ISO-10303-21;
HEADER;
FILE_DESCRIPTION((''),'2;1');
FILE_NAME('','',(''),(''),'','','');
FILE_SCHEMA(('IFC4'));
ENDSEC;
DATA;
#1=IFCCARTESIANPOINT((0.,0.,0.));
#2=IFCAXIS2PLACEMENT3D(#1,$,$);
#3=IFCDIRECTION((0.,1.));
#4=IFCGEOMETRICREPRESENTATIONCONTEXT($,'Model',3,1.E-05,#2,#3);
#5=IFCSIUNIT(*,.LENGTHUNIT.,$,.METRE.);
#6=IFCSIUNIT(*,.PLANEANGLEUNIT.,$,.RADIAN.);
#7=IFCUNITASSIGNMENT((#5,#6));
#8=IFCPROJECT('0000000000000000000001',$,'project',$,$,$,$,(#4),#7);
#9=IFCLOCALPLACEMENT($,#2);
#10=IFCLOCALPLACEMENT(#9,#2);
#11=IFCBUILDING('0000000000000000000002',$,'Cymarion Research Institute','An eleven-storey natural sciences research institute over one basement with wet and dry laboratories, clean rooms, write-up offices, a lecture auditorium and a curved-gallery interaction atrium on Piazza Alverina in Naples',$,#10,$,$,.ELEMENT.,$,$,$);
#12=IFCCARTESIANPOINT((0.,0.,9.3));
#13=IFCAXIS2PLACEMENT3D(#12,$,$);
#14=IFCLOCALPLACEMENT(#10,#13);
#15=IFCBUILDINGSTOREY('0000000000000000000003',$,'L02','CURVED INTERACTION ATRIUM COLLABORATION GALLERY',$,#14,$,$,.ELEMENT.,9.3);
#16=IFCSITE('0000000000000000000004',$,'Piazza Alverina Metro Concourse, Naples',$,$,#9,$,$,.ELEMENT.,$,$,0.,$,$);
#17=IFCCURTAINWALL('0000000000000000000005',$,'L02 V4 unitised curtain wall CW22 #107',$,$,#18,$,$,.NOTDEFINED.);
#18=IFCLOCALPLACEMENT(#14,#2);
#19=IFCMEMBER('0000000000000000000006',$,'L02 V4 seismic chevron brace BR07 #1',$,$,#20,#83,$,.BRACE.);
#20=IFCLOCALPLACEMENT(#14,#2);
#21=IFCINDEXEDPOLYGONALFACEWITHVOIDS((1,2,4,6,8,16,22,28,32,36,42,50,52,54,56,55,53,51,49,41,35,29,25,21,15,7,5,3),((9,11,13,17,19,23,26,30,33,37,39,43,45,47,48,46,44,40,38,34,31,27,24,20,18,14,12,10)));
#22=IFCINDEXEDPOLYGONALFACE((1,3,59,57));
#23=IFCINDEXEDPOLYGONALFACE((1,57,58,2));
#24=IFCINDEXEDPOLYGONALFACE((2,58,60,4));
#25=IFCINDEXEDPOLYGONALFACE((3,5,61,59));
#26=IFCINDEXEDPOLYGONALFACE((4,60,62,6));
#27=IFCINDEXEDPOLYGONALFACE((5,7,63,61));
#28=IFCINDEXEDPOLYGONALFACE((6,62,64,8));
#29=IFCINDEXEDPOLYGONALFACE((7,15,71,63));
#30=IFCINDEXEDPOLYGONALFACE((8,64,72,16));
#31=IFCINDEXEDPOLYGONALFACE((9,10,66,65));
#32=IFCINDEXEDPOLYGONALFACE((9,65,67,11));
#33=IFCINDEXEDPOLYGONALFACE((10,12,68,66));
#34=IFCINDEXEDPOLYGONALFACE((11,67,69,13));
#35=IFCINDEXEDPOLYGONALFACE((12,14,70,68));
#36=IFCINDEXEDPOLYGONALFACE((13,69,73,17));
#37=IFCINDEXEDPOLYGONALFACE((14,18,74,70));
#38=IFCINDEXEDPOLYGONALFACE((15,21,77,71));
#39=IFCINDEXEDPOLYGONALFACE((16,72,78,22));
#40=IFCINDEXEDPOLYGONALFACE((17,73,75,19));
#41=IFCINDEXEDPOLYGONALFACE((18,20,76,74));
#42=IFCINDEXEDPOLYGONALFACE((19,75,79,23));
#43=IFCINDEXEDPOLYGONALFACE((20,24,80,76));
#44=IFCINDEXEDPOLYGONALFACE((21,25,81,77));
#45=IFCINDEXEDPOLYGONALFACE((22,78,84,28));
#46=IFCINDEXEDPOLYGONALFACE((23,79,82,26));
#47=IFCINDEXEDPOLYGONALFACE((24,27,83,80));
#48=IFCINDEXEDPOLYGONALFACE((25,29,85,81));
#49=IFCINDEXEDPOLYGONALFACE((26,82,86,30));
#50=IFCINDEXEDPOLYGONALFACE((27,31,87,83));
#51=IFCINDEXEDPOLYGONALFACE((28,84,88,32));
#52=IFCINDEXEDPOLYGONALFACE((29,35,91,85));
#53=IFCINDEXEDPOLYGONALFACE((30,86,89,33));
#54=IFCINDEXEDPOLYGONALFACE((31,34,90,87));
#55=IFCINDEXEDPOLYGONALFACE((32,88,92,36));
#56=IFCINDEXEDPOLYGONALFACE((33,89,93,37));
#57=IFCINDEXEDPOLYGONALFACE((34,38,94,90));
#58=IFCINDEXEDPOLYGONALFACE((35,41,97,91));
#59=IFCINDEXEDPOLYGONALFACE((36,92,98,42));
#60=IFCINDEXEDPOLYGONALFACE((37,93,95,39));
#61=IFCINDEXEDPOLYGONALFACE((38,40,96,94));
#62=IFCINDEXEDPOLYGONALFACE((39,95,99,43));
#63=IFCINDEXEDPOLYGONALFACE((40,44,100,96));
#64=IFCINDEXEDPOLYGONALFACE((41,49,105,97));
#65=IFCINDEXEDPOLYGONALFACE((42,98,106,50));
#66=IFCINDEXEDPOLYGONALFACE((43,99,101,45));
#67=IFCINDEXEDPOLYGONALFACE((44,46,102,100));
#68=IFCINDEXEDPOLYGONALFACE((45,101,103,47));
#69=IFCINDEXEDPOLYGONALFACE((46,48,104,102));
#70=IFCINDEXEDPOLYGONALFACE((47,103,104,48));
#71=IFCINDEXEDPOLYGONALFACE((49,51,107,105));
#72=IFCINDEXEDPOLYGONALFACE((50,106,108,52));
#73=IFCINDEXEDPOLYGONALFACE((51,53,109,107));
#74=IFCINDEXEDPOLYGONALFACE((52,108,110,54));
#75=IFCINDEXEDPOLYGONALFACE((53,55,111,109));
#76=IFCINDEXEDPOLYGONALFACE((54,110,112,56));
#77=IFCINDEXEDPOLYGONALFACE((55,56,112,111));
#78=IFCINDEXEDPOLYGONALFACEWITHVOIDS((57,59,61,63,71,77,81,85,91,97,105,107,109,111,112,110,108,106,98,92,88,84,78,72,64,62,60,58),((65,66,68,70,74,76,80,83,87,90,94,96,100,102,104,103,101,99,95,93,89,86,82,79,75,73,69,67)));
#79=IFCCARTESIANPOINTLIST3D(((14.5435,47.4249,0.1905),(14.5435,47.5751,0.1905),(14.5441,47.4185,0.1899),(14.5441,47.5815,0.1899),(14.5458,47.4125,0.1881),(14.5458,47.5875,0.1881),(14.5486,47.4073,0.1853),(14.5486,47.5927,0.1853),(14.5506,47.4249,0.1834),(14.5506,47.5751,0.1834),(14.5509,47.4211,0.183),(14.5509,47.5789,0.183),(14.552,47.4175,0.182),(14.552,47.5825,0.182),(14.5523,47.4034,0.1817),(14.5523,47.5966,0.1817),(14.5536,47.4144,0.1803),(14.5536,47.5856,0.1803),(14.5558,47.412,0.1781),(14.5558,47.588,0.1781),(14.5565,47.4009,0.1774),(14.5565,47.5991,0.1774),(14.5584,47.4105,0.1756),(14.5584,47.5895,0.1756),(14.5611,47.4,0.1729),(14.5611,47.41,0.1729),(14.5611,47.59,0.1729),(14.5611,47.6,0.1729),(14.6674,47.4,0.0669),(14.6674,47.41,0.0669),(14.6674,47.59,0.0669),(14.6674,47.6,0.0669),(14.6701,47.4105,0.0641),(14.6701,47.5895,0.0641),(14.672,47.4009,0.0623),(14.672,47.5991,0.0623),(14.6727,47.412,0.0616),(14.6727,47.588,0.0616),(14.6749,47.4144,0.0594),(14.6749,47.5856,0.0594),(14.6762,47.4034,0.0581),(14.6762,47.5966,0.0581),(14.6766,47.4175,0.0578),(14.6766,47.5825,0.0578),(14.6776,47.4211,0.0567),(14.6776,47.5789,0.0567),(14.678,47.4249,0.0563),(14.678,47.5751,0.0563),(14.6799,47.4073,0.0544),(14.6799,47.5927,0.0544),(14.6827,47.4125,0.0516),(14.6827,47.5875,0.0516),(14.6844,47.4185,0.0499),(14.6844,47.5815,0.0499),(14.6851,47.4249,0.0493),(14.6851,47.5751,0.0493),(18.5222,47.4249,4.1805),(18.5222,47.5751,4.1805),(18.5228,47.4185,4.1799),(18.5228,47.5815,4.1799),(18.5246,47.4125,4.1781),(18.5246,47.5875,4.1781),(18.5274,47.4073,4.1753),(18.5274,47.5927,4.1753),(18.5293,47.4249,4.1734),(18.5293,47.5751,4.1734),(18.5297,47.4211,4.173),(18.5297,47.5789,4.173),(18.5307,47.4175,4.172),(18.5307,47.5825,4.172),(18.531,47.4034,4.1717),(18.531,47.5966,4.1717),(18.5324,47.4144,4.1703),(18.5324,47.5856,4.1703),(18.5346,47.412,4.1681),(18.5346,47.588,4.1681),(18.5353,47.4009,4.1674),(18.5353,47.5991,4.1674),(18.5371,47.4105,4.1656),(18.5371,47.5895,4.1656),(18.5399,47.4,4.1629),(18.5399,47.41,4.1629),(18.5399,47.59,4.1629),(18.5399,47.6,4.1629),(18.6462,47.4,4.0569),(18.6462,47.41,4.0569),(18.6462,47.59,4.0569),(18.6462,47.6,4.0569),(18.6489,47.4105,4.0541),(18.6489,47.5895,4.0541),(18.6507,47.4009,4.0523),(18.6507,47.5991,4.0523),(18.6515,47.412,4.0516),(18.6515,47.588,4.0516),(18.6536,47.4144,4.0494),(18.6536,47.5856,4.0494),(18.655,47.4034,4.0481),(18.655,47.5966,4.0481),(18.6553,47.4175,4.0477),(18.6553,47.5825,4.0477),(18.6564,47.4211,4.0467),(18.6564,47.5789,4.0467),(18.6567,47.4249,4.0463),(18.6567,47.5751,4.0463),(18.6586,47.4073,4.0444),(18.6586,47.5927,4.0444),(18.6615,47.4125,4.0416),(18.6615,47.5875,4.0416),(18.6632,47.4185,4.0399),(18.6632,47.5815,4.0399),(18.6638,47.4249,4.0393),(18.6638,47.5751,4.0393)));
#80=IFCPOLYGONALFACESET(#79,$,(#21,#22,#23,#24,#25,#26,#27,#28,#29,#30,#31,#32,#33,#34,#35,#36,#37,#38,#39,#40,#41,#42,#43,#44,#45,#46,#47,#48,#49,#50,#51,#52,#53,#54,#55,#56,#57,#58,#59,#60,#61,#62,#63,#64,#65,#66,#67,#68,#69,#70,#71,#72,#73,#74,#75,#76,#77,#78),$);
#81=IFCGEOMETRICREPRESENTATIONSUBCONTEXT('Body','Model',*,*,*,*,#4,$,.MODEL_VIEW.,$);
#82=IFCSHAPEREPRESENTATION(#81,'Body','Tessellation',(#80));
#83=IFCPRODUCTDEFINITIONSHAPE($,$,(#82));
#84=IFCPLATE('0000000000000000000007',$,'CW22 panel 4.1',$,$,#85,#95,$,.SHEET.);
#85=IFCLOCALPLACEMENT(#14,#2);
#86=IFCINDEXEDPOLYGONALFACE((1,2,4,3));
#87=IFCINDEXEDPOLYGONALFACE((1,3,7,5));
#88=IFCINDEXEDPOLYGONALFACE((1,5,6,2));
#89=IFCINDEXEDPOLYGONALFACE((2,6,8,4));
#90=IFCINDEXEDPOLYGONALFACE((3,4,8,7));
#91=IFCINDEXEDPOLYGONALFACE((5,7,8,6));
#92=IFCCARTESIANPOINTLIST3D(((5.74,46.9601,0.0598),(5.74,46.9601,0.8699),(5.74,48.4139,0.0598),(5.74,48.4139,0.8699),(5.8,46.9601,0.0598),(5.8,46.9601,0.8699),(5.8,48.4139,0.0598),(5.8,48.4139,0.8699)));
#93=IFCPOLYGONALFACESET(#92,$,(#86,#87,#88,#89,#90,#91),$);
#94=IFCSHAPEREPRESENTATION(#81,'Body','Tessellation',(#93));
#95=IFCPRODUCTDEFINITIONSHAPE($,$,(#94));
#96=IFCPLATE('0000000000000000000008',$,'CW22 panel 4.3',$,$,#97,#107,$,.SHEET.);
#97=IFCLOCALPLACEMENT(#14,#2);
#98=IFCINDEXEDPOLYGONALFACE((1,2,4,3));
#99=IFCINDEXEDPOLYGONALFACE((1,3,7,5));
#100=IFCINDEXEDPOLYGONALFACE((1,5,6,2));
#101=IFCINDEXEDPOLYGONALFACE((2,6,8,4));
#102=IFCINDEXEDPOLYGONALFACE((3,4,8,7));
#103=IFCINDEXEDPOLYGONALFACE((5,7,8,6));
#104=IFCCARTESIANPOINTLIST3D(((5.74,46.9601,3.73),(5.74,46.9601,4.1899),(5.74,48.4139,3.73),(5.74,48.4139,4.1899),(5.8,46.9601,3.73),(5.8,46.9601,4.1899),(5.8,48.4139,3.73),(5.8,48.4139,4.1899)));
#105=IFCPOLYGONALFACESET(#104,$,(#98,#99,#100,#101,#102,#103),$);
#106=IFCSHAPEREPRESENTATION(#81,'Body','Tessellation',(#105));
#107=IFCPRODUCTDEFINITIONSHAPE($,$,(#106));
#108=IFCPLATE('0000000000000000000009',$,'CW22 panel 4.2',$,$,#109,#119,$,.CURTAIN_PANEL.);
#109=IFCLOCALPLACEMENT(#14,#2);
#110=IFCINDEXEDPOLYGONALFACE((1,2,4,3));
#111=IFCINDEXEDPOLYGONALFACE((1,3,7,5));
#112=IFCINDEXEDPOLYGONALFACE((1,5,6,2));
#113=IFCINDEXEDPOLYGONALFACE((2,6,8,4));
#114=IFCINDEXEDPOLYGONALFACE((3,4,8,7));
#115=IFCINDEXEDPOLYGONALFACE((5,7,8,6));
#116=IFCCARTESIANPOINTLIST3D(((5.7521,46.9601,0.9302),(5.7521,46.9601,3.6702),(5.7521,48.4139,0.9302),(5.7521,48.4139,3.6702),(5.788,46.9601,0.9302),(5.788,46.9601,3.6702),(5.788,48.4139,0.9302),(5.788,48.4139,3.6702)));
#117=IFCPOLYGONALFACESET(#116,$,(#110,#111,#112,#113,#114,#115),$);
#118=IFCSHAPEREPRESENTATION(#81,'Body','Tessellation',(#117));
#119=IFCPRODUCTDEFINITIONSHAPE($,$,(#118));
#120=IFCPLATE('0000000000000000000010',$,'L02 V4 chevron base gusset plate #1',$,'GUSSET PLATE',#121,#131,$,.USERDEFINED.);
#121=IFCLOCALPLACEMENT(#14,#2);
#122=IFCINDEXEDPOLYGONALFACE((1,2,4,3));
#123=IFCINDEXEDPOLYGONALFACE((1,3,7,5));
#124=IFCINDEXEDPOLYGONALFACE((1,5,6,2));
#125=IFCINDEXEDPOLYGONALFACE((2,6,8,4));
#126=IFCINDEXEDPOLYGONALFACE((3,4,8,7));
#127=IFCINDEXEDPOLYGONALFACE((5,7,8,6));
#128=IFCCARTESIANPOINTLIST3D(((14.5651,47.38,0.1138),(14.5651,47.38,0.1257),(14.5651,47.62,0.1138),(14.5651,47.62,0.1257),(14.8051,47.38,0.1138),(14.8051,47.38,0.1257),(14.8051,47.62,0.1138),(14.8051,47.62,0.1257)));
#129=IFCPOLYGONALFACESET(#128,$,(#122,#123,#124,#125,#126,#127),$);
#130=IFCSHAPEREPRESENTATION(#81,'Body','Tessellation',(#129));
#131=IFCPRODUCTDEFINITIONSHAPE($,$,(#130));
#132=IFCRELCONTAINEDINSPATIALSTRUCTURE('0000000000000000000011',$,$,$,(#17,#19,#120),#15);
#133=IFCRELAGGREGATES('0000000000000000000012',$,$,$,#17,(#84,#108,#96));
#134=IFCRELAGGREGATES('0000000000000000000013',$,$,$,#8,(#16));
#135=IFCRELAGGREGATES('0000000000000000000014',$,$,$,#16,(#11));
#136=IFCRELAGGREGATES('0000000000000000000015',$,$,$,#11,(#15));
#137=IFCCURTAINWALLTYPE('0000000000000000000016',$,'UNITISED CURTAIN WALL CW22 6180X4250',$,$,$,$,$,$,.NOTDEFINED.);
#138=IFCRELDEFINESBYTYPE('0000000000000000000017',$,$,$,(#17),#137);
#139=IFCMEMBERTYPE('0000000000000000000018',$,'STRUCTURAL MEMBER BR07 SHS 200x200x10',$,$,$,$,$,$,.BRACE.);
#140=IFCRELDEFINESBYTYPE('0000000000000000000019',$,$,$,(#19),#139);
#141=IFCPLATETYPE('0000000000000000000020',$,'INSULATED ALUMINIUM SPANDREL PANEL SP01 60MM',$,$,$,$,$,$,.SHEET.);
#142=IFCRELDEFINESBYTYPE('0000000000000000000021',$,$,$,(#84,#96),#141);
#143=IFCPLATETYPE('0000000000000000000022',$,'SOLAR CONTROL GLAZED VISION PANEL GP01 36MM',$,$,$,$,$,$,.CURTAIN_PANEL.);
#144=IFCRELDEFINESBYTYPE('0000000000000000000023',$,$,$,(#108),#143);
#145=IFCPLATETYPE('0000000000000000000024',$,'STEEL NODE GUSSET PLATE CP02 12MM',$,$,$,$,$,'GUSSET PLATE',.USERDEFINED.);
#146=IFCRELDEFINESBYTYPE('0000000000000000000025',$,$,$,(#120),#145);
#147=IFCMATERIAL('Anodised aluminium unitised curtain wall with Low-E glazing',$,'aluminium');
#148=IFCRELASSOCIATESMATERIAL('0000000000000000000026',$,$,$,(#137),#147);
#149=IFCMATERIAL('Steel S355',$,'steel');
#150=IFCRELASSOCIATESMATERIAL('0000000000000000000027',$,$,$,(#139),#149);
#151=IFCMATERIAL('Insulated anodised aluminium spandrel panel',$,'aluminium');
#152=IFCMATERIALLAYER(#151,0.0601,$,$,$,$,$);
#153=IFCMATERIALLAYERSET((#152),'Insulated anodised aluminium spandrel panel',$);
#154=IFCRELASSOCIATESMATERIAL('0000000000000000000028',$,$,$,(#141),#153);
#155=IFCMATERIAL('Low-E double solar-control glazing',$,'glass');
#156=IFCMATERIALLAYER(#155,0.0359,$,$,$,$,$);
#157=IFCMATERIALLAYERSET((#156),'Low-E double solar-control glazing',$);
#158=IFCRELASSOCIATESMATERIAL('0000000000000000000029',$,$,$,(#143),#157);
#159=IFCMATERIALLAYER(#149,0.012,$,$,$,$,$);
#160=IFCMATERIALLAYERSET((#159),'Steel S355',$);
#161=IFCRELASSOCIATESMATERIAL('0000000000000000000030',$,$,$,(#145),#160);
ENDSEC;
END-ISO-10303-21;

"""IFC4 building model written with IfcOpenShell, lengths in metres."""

from ifc_helpers import new_model, si_unit, direction, frame, origin, origin_2d, place, context, subcontext, project, spatial, rectangle, hollow_rectangle, extrude, material, layer, layer_set, material_profile, profile_set, type_object, element, aggregate, save


model = new_model("IFC4")

# Units and contexts
model_context = context("Model", 3, precision=1e-05, world=origin(), true_north=direction((0.0, 1.0)))
body_context = subcontext(model_context, "Body", "Model", "MODEL_VIEW")
ifc_project = project(units=[si_unit("LENGTHUNIT", "METRE"), si_unit("PLANEANGLEUNIT", "RADIAN")], contexts=[model_context])

# Site, building, storey
site_placement = place(None, origin())
site = spatial("IfcSite", under=ifc_project, at=site_placement, Name="Piazza Alverina Metro Concourse, Naples", CompositionType="ELEMENT", RefElevation=0.0)
building_placement = place(site_placement, origin())
building = spatial("IfcBuilding", under=site, at=building_placement, Name="Cymarion Research Institute", Description="An eleven-storey natural sciences research institute over one basement with wet and dry laboratories, clean rooms, write-up offices, a lecture auditorium and a curved-gallery interaction atrium on Piazza Alverina in Naples", CompositionType="ELEMENT")
storey_placement = place(building_placement, frame((0.0, 0.0, 9.3)))
storey = spatial("IfcBuildingStorey", under=building, at=storey_placement, Name="L02", Description="CURVED INTERACTION ATRIUM COLLABORATION GALLERY", CompositionType="ELEMENT", Elevation=9.3)

# Shared definitions
ifc_material_1 = material(Name="Steel S355", Category="steel")

# Curtain wall
ifc_material_2 = material(Name="Anodised aluminium unitised curtain wall with Low-E glazing", Category="aluminium")
curtain_wall_type = type_object("IfcCurtainWallType", Name="UNITISED CURTAIN WALL CW22 6180X4250", PredefinedType="NOTDEFINED", material=ifc_material_2)
curtain_wall_placement = place(storey_placement, origin())
curtain_wall = element("IfcCurtainWall", 1, at=curtain_wall_placement, inside=storey, type_object=curtain_wall_type, Name="L02 V4 unitised curtain wall CW22 #107", PredefinedType="NOTDEFINED")

# Member
ifc_material_profile_1 = material_profile(ifc_material_1, hollow_rectangle(XDim=0.2, YDim=0.2, WallThickness=0.01, InnerFilletRadius=0.0149, OuterFilletRadius=0.0249, at=origin_2d()), Name="SHS 200x200x10")
ifc_profile_set_1 = profile_set([ifc_material_profile_1], Name="Steel S355")
member_type_1 = type_object("IfcMemberType", Name="STRUCTURAL MEMBER BR07 SHS 200x200x10", PredefinedType="BRACE", material=ifc_profile_set_1)
member_1_placement = place(storey_placement, frame((14.6143, 47.5, 0.1199), z_axis=(0.70611, 0.0, 0.708103), x_axis=(0.0, 1.0, 0.0)))
element("IfcMember", 2, at=member_1_placement, inside=storey, type_object=member_type_1, Name="L02 V4 seismic chevron brace BR07 #1", PredefinedType="BRACE", context=body_context, shape_type="SweptSolid", body=[
    extrude(hollow_rectangle(XDim=0.2, YDim=0.2, WallThickness=0.01, InnerFilletRadius=0.0149, OuterFilletRadius=0.0249, at=origin_2d()), origin(), (0.0, 0.0, 1.0), 5.6348),
])

# Plates
ifc_material_3 = material(Name="Insulated anodised aluminium spandrel panel", Category="aluminium")
ifc_layer_1 = layer(ifc_material_3, 0.0601)
ifc_layer_set_1 = layer_set([ifc_layer_1], Name="Insulated anodised aluminium spandrel panel")
plate_type_1 = type_object("IfcPlateType", Name="INSULATED ALUMINIUM SPANDREL PANEL SP01 60MM", PredefinedType="SHEET", material=ifc_layer_set_1)
plate_1_placement = place(storey_placement, frame((5.77, 47.687, 0.0598), z_axis=(0.0, 0.0, 1.0), x_axis=(0.0, -1.0, 0.0)))
plate_1 = element("IfcPlate", 3, at=plate_1_placement, type_object=plate_type_1, Name="CW22 panel 4.1", PredefinedType="SHEET", context=body_context, shape_type="SweptSolid", body=[
    extrude(rectangle(XDim=1.4539, YDim=0.0601, at=origin_2d()), origin(), (0.0, 0.0, 1.0), 0.8101),
])
plate_2_placement = place(storey_placement, frame((5.77, 47.687, 3.73), z_axis=(0.0, 0.0, 1.0), x_axis=(0.0, -1.0, 0.0)))
plate_2 = element("IfcPlate", 4, at=plate_2_placement, type_object=plate_type_1, Name="CW22 panel 4.3", PredefinedType="SHEET", context=body_context, shape_type="SweptSolid", body=[
    extrude(rectangle(XDim=1.4539, YDim=0.0601, at=origin_2d()), origin(), (0.0, 0.0, 1.0), 0.46),
])
ifc_material_4 = material(Name="Low-E double solar-control glazing", Category="glass")
ifc_layer_2 = layer(ifc_material_4, 0.0359)
ifc_layer_set_2 = layer_set([ifc_layer_2], Name="Low-E double solar-control glazing")
plate_type_2 = type_object("IfcPlateType", Name="SOLAR CONTROL GLAZED VISION PANEL GP01 36MM", PredefinedType="CURTAIN_PANEL", material=ifc_layer_set_2)
plate_3_placement = place(storey_placement, frame((5.77, 47.687, 0.9302), z_axis=(0.0, 0.0, 1.0), x_axis=(0.0, -1.0, 0.0)))
plate_3 = element("IfcPlate", 5, at=plate_3_placement, type_object=plate_type_2, Name="CW22 panel 4.2", PredefinedType="CURTAIN_PANEL", context=body_context, shape_type="SweptSolid", body=[
    extrude(rectangle(XDim=1.4539, YDim=0.0359, at=origin_2d()), origin(), (0.0, 0.0, 1.0), 2.74),
])
aggregate(curtain_wall, [plate_1, plate_3, plate_2])
ifc_layer_3 = layer(ifc_material_1, 0.012)
ifc_layer_set_3 = layer_set([ifc_layer_3], Name="Steel S355")
plate_type_3 = type_object("IfcPlateType", Name="STEEL NODE GUSSET PLATE CP02 12MM", ElementType="GUSSET PLATE", PredefinedType="USERDEFINED", material=ifc_layer_set_3)
plate_4_placement = place(storey_placement, frame((14.6851, 47.5, 0.1138), z_axis=(0.0, 0.0, 1.0), x_axis=(1.0, 0.0, 0.0)))
element("IfcPlate", 6, at=plate_4_placement, inside=storey, type_object=plate_type_3, Name="L02 V4 chevron base gusset plate #1", ObjectType="GUSSET PLATE", PredefinedType="USERDEFINED", context=body_context, shape_type="SweptSolid", body=[
    extrude(rectangle(XDim=0.24, YDim=0.24, at=origin_2d()), origin(), (0.0, 0.0, 1.0), 0.012),
])

save(model, "model.ifc")
